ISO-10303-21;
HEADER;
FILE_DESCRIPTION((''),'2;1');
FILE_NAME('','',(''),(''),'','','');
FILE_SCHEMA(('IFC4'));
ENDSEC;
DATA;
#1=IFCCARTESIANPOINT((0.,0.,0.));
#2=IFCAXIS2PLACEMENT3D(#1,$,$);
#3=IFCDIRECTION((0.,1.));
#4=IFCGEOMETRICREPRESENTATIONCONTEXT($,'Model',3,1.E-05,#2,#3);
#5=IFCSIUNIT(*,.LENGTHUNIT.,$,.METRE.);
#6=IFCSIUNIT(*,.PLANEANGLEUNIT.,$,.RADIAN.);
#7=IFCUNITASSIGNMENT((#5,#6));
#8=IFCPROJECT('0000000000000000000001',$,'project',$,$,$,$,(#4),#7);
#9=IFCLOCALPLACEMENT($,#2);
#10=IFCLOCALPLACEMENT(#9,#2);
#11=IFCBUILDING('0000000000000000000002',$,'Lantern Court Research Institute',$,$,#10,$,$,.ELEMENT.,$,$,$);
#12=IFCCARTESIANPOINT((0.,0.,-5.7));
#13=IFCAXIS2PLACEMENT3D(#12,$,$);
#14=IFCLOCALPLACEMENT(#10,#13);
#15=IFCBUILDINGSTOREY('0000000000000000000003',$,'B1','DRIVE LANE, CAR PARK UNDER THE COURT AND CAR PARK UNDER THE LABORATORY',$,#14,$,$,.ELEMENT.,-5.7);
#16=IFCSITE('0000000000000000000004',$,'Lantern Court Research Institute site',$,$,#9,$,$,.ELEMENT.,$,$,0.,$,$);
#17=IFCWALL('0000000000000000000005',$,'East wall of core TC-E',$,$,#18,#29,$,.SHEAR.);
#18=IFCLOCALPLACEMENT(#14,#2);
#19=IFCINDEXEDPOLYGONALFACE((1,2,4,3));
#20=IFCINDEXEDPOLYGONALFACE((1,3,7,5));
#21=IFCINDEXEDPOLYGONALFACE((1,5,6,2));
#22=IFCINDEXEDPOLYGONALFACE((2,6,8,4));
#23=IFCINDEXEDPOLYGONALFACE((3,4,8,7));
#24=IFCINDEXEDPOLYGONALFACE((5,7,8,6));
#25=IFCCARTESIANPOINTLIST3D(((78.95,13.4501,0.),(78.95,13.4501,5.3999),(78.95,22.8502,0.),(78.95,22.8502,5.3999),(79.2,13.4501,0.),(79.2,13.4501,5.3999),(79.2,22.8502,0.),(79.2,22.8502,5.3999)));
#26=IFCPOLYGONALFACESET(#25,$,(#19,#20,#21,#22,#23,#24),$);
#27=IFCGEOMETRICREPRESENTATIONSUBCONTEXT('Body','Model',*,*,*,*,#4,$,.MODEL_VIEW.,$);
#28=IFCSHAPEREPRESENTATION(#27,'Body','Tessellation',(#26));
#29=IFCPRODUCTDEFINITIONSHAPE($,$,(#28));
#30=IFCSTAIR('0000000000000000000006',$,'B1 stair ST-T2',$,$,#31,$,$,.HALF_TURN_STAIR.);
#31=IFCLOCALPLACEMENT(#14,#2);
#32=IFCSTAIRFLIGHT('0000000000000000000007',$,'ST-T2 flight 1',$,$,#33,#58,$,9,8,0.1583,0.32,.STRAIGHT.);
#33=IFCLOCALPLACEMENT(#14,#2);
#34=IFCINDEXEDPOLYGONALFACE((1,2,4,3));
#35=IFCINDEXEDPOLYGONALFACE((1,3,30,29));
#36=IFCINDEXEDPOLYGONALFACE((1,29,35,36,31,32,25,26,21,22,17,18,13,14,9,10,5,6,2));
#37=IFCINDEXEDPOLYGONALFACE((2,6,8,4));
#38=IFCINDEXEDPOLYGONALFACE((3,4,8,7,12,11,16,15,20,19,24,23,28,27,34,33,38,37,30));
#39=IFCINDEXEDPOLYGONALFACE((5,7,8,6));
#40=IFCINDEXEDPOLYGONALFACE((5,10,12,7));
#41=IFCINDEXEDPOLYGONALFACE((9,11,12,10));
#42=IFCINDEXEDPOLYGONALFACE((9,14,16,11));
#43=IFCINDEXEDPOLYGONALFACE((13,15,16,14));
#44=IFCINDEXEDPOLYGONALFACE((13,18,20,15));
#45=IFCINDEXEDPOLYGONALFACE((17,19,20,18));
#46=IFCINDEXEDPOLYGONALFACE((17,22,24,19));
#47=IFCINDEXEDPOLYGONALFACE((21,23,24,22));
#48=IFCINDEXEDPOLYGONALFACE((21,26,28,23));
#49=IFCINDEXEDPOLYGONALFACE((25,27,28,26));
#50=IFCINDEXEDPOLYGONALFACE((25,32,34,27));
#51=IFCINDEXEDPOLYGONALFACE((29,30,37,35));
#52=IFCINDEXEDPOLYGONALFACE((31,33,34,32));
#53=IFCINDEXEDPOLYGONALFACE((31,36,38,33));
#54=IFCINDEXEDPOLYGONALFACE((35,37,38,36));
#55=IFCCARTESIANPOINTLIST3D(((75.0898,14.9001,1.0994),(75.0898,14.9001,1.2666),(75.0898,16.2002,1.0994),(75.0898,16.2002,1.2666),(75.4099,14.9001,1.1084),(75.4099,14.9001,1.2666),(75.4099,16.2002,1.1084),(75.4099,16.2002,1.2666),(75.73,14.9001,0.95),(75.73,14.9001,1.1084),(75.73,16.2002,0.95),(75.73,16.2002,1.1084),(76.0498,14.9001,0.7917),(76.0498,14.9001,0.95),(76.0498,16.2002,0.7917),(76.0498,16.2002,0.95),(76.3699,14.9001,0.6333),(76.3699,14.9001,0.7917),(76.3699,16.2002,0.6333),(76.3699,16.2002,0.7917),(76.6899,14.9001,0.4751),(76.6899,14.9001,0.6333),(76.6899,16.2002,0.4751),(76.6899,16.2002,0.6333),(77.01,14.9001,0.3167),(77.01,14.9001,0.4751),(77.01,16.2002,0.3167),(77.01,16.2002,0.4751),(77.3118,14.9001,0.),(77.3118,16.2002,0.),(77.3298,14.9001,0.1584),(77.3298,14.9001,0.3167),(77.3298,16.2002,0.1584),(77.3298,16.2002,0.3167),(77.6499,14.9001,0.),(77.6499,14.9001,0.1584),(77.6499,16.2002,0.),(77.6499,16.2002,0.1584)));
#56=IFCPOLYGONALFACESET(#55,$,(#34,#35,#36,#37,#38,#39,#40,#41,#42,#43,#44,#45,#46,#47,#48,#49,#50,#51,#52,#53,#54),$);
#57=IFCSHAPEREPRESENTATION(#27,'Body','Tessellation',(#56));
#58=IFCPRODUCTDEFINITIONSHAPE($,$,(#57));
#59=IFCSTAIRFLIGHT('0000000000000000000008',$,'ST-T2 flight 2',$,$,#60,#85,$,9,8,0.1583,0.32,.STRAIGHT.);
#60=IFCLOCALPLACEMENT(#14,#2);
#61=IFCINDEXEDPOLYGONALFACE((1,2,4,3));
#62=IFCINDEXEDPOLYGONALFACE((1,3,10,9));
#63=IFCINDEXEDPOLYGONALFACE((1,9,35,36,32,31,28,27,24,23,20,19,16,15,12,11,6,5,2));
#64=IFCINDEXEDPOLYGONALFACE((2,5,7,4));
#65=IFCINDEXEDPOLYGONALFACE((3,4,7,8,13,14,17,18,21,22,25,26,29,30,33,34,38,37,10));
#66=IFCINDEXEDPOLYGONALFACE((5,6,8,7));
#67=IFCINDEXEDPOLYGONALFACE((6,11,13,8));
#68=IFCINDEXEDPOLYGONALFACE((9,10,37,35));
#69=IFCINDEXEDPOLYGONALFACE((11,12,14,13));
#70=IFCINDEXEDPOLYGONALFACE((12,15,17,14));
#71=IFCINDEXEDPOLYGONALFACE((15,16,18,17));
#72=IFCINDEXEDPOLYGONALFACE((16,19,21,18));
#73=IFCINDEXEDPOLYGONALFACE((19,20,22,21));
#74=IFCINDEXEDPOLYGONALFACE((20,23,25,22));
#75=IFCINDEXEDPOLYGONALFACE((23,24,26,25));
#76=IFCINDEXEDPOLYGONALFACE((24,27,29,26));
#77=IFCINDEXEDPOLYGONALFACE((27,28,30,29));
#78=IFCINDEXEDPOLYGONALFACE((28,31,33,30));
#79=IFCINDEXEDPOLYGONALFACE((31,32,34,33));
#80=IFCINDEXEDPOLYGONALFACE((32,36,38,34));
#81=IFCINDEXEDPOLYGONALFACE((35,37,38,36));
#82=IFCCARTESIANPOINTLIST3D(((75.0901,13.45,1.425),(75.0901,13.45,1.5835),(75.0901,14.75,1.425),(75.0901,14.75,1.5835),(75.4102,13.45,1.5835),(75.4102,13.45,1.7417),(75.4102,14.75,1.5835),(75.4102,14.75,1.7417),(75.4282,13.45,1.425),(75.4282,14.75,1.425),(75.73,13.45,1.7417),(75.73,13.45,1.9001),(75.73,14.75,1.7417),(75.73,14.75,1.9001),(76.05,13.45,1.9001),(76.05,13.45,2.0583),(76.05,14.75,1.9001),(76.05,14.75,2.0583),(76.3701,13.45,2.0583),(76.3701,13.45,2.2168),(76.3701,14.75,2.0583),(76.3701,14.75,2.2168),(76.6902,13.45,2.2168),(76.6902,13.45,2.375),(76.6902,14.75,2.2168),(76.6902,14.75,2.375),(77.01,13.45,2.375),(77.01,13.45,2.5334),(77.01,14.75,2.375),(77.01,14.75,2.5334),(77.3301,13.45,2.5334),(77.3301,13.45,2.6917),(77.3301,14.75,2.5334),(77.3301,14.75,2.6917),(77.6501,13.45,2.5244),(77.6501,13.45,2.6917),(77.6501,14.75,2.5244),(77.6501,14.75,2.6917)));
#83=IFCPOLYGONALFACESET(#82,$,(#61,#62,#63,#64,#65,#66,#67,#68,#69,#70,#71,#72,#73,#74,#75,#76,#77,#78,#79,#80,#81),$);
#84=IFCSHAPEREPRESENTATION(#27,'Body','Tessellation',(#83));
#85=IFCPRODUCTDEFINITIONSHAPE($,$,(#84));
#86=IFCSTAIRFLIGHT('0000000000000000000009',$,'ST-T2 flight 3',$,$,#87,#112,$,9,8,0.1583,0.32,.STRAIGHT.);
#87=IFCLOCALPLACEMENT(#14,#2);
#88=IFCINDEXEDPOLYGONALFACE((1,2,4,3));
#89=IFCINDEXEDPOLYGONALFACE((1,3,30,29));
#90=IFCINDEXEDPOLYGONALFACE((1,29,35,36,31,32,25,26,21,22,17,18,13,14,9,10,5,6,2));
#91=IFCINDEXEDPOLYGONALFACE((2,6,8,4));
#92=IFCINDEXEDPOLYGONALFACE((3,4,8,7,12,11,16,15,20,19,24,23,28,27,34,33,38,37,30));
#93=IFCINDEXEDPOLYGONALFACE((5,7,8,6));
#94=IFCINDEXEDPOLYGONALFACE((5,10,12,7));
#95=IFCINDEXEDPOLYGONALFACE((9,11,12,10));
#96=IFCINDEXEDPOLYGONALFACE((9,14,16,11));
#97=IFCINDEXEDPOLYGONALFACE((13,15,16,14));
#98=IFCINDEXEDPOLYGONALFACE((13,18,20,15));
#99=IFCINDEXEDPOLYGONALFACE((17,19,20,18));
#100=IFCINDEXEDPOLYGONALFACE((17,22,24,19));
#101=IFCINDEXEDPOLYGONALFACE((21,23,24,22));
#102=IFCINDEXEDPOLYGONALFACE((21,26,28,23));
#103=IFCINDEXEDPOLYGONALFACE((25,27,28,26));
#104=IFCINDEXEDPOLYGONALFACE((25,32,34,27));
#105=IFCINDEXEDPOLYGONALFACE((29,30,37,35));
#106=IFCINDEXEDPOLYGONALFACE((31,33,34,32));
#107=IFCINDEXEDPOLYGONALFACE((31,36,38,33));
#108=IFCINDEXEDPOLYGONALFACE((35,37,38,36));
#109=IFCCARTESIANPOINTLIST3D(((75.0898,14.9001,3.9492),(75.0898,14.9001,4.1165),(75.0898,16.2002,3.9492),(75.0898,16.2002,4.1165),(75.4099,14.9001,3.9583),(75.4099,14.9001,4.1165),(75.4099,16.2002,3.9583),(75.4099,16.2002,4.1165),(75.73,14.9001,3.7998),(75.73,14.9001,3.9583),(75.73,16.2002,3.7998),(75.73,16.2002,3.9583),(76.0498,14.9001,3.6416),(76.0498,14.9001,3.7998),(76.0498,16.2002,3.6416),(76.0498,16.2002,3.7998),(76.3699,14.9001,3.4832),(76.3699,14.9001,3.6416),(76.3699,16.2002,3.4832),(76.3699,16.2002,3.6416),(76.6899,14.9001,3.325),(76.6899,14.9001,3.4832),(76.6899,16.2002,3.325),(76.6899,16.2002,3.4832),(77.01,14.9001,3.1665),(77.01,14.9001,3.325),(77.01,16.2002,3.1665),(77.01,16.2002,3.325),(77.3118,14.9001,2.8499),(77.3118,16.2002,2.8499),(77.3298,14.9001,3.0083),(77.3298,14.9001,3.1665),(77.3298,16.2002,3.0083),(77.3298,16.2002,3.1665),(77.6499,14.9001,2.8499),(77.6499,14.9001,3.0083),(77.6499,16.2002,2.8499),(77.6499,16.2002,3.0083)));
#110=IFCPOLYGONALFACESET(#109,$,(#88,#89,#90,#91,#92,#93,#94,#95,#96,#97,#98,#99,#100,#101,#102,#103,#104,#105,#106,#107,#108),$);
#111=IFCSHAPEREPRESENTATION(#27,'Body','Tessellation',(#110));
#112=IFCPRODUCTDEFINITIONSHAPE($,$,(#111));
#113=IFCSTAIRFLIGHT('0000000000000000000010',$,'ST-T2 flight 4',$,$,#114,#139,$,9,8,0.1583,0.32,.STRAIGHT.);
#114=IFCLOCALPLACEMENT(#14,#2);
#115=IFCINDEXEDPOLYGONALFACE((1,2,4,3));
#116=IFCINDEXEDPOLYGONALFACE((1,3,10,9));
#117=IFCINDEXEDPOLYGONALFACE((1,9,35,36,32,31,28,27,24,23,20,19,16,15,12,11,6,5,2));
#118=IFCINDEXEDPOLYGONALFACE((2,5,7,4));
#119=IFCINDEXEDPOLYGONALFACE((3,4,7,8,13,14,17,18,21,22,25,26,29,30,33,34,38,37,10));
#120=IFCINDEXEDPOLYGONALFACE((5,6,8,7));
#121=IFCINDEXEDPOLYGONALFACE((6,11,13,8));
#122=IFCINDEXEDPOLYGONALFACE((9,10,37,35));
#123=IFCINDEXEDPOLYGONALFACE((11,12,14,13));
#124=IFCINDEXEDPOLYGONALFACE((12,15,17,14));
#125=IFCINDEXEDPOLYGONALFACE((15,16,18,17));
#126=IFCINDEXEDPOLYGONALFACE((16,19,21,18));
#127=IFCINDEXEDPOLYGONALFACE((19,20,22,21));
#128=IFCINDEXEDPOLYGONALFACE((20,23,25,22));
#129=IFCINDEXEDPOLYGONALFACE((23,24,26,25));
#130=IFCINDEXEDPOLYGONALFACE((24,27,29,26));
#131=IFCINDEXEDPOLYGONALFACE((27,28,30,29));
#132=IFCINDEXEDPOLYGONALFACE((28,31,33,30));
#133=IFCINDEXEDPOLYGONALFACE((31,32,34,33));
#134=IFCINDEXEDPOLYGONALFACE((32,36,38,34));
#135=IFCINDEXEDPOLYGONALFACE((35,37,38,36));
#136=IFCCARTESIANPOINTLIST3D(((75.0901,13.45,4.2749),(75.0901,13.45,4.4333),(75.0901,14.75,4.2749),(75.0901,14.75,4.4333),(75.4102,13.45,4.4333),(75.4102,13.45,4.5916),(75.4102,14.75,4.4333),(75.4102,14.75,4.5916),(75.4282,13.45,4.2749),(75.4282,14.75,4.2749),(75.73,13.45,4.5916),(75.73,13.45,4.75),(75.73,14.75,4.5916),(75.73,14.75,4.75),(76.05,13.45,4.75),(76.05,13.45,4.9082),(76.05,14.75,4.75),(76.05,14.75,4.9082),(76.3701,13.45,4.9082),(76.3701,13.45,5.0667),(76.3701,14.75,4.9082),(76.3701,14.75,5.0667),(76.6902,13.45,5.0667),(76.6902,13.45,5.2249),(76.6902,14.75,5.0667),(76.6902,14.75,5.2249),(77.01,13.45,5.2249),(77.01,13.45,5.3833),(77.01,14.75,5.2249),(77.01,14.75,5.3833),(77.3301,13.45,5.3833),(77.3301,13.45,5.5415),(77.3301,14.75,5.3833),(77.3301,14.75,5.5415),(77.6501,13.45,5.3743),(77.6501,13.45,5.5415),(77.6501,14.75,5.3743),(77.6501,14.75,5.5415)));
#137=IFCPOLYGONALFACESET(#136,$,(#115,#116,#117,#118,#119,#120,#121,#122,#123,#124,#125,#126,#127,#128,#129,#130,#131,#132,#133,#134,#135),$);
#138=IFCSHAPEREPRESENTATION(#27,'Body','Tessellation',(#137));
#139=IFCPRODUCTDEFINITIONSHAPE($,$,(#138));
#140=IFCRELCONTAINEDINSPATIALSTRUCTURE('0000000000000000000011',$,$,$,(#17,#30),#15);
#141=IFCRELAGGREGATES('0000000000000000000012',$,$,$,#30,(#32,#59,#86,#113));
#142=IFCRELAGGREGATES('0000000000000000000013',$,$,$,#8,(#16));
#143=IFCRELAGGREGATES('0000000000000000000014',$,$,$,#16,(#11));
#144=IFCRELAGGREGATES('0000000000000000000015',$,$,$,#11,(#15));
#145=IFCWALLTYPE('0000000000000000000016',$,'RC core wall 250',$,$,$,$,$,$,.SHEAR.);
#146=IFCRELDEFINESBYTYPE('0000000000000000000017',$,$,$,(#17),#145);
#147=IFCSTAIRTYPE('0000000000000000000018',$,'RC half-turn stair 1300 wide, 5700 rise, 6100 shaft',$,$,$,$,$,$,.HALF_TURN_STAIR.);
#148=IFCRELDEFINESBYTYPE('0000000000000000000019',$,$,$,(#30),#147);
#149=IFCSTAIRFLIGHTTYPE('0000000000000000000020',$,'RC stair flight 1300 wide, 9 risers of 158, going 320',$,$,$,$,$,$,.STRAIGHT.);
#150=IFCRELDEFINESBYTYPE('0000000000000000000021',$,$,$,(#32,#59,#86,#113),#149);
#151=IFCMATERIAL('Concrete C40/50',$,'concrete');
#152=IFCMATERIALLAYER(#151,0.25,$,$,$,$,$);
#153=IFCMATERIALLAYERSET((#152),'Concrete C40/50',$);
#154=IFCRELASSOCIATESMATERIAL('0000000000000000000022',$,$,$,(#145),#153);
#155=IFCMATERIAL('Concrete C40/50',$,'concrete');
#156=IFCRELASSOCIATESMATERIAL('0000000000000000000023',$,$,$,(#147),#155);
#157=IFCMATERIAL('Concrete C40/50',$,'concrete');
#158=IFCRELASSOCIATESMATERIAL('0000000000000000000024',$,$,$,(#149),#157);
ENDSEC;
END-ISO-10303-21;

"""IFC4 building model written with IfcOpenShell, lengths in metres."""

from ifc_helpers import new_model, si_unit, direction, frame, frame_2d, origin, place, context, subcontext, project, spatial, polyline, rectangle, outline, extrude, material, layer, layer_set, type_object, element, aggregate, save


model = new_model("IFC4")

# Units and contexts
model_context = context("Model", 3, precision=1e-05, world=origin(), true_north=direction((0.0, 1.0)))
body_context = subcontext(model_context, "Body", "Model", "MODEL_VIEW")
ifc_project = project(units=[si_unit("LENGTHUNIT", "METRE"), si_unit("PLANEANGLEUNIT", "RADIAN")], contexts=[model_context])

# Site, building, storey
site_placement = place(None, origin())
site = spatial("IfcSite", under=ifc_project, at=site_placement, Name="Lantern Court Research Institute site", CompositionType="ELEMENT", RefElevation=0.0)
building_placement = place(site_placement, origin())
building = spatial("IfcBuilding", under=site, at=building_placement, Name="Lantern Court Research Institute", CompositionType="ELEMENT")
storey_placement = place(building_placement, frame((0.0, 0.0, -5.7)))
storey = spatial("IfcBuildingStorey", under=building, at=storey_placement, Name="B1", Description="DRIVE LANE, CAR PARK UNDER THE COURT AND CAR PARK UNDER THE LABORATORY", CompositionType="ELEMENT", Elevation=-5.7)

# Wall
ifc_material_1 = material(Name="Concrete C40/50", Category="concrete")
ifc_layer = layer(ifc_material_1, 0.25)
ifc_layer_set = layer_set([ifc_layer], Name="Concrete C40/50")
wall_type = type_object("IfcWallType", Name="RC core wall 250", PredefinedType="SHEAR", material=ifc_layer_set)
wall_placement = place(storey_placement, frame((79.075, 13.45, 0.0), z_axis=(0.0, 0.0, 1.0), x_axis=(0.0, 1.0, 0.0)))
element("IfcWall", 1, at=wall_placement, inside=storey, type_object=wall_type, Name="East wall of core TC-E", PredefinedType="SHEAR", context=body_context, shape_type="SweptSolid", body=[
    extrude(rectangle(XDim=9.4001, YDim=0.25, at=frame_2d((4.7002, 0.0))), origin(), (0.0, 0.0, 1.0), 5.3999),
])

# Stair, stair flights
ifc_material_2 = material(Name="Concrete C40/50", Category="concrete")
stair_type = type_object("IfcStairType", Name="RC half-turn stair 1300 wide, 5700 rise, 6100 shaft", PredefinedType="HALF_TURN_STAIR", material=ifc_material_2)
stair_placement = place(storey_placement, origin())
stair = element("IfcStair", 2, at=stair_placement, inside=storey, type_object=stair_type, Name="B1 stair ST-T2", PredefinedType="HALF_TURN_STAIR")
ifc_material_3 = material(Name="Concrete C40/50", Category="concrete")
stair_flight_type = type_object("IfcStairFlightType", Name="RC stair flight 1300 wide, 9 risers of 158, going 320", PredefinedType="STRAIGHT", material=ifc_material_3)
stair_flight_1_placement = place(storey_placement, frame((77.6499, 15.55, 0.0), z_axis=(0.0, 0.0, 1.0), x_axis=(-1.0, 0.0, 0.0)))
stair_flight_1 = element("IfcStairFlight", 3, at=stair_flight_1_placement, type_object=stair_flight_type, Name="ST-T2 flight 1", NumberOfRisers=9, NumberOfTreads=8, PredefinedType="STRAIGHT", RiserHeight=0.1583, TreadLength=0.32, context=body_context, shape_type="SweptSolid", body=[
    extrude(outline(polyline([(0.0, 0.0), (0.0, 0.1584), (0.3201, 0.1584), (0.3201, 0.3167), (0.6399, 0.3167), (0.6399, 0.4751), (0.96, 0.4751), (0.96, 0.6333), (1.28, 0.6333), (1.28, 0.7917), (1.6001, 0.7917), (1.6001, 0.95), (1.9199, 0.95), (1.9199, 1.1084), (2.24, 1.1084), (2.24, 1.2666), (2.5601, 1.2666), (2.5601, 1.425), (2.5601, 1.0994), (0.3381, 0.0), (0.0, 0.0)])), frame((0.0, 0.6499, 0.0), z_axis=(0.0, -1.0, 0.0), x_axis=(1.0, 0.0, 0.0)), (0.0, 0.0, 1.0), 1.3),
])
stair_flight_2_placement = place(storey_placement, frame((75.0901, 14.1001, 1.425), z_axis=(0.0, 0.0, 1.0), x_axis=(1.0, 0.0, 0.0)))
stair_flight_2 = element("IfcStairFlight", 4, at=stair_flight_2_placement, type_object=stair_flight_type, Name="ST-T2 flight 2", NumberOfRisers=9, NumberOfTreads=8, PredefinedType="STRAIGHT", RiserHeight=0.1583, TreadLength=0.32, context=body_context, shape_type="SweptSolid", body=[
    extrude(outline(polyline([(0.0, 0.0), (0.0, 0.1584), (0.3201, 0.1584), (0.3201, 0.3167), (0.6399, 0.3167), (0.6399, 0.4751), (0.96, 0.4751), (0.96, 0.6333), (1.28, 0.6333), (1.28, 0.7917), (1.6001, 0.7917), (1.6001, 0.95), (1.9199, 0.95), (1.9199, 1.1084), (2.24, 1.1084), (2.24, 1.2666), (2.5601, 1.2666), (2.5601, 1.425), (2.5601, 1.0994), (0.3381, 0.0), (0.0, 0.0)])), frame((0.0, 0.6499, 0.0), z_axis=(0.0, -1.0, 0.0), x_axis=(1.0, 0.0, 0.0)), (0.0, 0.0, 1.0), 1.3),
])
stair_flight_3_placement = place(storey_placement, frame((77.6499, 15.55, 2.8499), z_axis=(0.0, 0.0, 1.0), x_axis=(-1.0, 0.0, 0.0)))
stair_flight_3 = element("IfcStairFlight", 5, at=stair_flight_3_placement, type_object=stair_flight_type, Name="ST-T2 flight 3", NumberOfRisers=9, NumberOfTreads=8, PredefinedType="STRAIGHT", RiserHeight=0.1583, TreadLength=0.32, context=body_context, shape_type="SweptSolid", body=[
    extrude(outline(polyline([(0.0, 0.0), (0.0, 0.1584), (0.3201, 0.1584), (0.3201, 0.3167), (0.6399, 0.3167), (0.6399, 0.4751), (0.96, 0.4751), (0.96, 0.6333), (1.28, 0.6333), (1.28, 0.7917), (1.6001, 0.7917), (1.6001, 0.95), (1.9199, 0.95), (1.9199, 1.1084), (2.24, 1.1084), (2.24, 1.2666), (2.5601, 1.2666), (2.5601, 1.425), (2.5601, 1.0994), (0.3381, 0.0), (0.0, 0.0)])), frame((0.0, 0.6499, 0.0), z_axis=(0.0, -1.0, 0.0), x_axis=(1.0, 0.0, 0.0)), (0.0, 0.0, 1.0), 1.3),
])
stair_flight_4_placement = place(storey_placement, frame((75.0901, 14.1001, 4.2749), z_axis=(0.0, 0.0, 1.0), x_axis=(1.0, 0.0, 0.0)))
stair_flight_4 = element("IfcStairFlight", 6, at=stair_flight_4_placement, type_object=stair_flight_type, Name="ST-T2 flight 4", NumberOfRisers=9, NumberOfTreads=8, PredefinedType="STRAIGHT", RiserHeight=0.1583, TreadLength=0.32, context=body_context, shape_type="SweptSolid", body=[
    extrude(outline(polyline([(0.0, 0.0), (0.0, 0.1584), (0.3201, 0.1584), (0.3201, 0.3167), (0.6399, 0.3167), (0.6399, 0.4751), (0.96, 0.4751), (0.96, 0.6333), (1.28, 0.6333), (1.28, 0.7917), (1.6001, 0.7917), (1.6001, 0.95), (1.9199, 0.95), (1.9199, 1.1084), (2.24, 1.1084), (2.24, 1.2666), (2.5601, 1.2666), (2.5601, 1.425), (2.5601, 1.0994), (0.3381, 0.0), (0.0, 0.0)])), frame((0.0, 0.6499, 0.0), z_axis=(0.0, -1.0, 0.0), x_axis=(1.0, 0.0, 0.0)), (0.0, 0.0, 1.0), 1.3),
])
aggregate(stair, [stair_flight_1, stair_flight_2, stair_flight_3, stair_flight_4])

save(model, "model.ifc")
